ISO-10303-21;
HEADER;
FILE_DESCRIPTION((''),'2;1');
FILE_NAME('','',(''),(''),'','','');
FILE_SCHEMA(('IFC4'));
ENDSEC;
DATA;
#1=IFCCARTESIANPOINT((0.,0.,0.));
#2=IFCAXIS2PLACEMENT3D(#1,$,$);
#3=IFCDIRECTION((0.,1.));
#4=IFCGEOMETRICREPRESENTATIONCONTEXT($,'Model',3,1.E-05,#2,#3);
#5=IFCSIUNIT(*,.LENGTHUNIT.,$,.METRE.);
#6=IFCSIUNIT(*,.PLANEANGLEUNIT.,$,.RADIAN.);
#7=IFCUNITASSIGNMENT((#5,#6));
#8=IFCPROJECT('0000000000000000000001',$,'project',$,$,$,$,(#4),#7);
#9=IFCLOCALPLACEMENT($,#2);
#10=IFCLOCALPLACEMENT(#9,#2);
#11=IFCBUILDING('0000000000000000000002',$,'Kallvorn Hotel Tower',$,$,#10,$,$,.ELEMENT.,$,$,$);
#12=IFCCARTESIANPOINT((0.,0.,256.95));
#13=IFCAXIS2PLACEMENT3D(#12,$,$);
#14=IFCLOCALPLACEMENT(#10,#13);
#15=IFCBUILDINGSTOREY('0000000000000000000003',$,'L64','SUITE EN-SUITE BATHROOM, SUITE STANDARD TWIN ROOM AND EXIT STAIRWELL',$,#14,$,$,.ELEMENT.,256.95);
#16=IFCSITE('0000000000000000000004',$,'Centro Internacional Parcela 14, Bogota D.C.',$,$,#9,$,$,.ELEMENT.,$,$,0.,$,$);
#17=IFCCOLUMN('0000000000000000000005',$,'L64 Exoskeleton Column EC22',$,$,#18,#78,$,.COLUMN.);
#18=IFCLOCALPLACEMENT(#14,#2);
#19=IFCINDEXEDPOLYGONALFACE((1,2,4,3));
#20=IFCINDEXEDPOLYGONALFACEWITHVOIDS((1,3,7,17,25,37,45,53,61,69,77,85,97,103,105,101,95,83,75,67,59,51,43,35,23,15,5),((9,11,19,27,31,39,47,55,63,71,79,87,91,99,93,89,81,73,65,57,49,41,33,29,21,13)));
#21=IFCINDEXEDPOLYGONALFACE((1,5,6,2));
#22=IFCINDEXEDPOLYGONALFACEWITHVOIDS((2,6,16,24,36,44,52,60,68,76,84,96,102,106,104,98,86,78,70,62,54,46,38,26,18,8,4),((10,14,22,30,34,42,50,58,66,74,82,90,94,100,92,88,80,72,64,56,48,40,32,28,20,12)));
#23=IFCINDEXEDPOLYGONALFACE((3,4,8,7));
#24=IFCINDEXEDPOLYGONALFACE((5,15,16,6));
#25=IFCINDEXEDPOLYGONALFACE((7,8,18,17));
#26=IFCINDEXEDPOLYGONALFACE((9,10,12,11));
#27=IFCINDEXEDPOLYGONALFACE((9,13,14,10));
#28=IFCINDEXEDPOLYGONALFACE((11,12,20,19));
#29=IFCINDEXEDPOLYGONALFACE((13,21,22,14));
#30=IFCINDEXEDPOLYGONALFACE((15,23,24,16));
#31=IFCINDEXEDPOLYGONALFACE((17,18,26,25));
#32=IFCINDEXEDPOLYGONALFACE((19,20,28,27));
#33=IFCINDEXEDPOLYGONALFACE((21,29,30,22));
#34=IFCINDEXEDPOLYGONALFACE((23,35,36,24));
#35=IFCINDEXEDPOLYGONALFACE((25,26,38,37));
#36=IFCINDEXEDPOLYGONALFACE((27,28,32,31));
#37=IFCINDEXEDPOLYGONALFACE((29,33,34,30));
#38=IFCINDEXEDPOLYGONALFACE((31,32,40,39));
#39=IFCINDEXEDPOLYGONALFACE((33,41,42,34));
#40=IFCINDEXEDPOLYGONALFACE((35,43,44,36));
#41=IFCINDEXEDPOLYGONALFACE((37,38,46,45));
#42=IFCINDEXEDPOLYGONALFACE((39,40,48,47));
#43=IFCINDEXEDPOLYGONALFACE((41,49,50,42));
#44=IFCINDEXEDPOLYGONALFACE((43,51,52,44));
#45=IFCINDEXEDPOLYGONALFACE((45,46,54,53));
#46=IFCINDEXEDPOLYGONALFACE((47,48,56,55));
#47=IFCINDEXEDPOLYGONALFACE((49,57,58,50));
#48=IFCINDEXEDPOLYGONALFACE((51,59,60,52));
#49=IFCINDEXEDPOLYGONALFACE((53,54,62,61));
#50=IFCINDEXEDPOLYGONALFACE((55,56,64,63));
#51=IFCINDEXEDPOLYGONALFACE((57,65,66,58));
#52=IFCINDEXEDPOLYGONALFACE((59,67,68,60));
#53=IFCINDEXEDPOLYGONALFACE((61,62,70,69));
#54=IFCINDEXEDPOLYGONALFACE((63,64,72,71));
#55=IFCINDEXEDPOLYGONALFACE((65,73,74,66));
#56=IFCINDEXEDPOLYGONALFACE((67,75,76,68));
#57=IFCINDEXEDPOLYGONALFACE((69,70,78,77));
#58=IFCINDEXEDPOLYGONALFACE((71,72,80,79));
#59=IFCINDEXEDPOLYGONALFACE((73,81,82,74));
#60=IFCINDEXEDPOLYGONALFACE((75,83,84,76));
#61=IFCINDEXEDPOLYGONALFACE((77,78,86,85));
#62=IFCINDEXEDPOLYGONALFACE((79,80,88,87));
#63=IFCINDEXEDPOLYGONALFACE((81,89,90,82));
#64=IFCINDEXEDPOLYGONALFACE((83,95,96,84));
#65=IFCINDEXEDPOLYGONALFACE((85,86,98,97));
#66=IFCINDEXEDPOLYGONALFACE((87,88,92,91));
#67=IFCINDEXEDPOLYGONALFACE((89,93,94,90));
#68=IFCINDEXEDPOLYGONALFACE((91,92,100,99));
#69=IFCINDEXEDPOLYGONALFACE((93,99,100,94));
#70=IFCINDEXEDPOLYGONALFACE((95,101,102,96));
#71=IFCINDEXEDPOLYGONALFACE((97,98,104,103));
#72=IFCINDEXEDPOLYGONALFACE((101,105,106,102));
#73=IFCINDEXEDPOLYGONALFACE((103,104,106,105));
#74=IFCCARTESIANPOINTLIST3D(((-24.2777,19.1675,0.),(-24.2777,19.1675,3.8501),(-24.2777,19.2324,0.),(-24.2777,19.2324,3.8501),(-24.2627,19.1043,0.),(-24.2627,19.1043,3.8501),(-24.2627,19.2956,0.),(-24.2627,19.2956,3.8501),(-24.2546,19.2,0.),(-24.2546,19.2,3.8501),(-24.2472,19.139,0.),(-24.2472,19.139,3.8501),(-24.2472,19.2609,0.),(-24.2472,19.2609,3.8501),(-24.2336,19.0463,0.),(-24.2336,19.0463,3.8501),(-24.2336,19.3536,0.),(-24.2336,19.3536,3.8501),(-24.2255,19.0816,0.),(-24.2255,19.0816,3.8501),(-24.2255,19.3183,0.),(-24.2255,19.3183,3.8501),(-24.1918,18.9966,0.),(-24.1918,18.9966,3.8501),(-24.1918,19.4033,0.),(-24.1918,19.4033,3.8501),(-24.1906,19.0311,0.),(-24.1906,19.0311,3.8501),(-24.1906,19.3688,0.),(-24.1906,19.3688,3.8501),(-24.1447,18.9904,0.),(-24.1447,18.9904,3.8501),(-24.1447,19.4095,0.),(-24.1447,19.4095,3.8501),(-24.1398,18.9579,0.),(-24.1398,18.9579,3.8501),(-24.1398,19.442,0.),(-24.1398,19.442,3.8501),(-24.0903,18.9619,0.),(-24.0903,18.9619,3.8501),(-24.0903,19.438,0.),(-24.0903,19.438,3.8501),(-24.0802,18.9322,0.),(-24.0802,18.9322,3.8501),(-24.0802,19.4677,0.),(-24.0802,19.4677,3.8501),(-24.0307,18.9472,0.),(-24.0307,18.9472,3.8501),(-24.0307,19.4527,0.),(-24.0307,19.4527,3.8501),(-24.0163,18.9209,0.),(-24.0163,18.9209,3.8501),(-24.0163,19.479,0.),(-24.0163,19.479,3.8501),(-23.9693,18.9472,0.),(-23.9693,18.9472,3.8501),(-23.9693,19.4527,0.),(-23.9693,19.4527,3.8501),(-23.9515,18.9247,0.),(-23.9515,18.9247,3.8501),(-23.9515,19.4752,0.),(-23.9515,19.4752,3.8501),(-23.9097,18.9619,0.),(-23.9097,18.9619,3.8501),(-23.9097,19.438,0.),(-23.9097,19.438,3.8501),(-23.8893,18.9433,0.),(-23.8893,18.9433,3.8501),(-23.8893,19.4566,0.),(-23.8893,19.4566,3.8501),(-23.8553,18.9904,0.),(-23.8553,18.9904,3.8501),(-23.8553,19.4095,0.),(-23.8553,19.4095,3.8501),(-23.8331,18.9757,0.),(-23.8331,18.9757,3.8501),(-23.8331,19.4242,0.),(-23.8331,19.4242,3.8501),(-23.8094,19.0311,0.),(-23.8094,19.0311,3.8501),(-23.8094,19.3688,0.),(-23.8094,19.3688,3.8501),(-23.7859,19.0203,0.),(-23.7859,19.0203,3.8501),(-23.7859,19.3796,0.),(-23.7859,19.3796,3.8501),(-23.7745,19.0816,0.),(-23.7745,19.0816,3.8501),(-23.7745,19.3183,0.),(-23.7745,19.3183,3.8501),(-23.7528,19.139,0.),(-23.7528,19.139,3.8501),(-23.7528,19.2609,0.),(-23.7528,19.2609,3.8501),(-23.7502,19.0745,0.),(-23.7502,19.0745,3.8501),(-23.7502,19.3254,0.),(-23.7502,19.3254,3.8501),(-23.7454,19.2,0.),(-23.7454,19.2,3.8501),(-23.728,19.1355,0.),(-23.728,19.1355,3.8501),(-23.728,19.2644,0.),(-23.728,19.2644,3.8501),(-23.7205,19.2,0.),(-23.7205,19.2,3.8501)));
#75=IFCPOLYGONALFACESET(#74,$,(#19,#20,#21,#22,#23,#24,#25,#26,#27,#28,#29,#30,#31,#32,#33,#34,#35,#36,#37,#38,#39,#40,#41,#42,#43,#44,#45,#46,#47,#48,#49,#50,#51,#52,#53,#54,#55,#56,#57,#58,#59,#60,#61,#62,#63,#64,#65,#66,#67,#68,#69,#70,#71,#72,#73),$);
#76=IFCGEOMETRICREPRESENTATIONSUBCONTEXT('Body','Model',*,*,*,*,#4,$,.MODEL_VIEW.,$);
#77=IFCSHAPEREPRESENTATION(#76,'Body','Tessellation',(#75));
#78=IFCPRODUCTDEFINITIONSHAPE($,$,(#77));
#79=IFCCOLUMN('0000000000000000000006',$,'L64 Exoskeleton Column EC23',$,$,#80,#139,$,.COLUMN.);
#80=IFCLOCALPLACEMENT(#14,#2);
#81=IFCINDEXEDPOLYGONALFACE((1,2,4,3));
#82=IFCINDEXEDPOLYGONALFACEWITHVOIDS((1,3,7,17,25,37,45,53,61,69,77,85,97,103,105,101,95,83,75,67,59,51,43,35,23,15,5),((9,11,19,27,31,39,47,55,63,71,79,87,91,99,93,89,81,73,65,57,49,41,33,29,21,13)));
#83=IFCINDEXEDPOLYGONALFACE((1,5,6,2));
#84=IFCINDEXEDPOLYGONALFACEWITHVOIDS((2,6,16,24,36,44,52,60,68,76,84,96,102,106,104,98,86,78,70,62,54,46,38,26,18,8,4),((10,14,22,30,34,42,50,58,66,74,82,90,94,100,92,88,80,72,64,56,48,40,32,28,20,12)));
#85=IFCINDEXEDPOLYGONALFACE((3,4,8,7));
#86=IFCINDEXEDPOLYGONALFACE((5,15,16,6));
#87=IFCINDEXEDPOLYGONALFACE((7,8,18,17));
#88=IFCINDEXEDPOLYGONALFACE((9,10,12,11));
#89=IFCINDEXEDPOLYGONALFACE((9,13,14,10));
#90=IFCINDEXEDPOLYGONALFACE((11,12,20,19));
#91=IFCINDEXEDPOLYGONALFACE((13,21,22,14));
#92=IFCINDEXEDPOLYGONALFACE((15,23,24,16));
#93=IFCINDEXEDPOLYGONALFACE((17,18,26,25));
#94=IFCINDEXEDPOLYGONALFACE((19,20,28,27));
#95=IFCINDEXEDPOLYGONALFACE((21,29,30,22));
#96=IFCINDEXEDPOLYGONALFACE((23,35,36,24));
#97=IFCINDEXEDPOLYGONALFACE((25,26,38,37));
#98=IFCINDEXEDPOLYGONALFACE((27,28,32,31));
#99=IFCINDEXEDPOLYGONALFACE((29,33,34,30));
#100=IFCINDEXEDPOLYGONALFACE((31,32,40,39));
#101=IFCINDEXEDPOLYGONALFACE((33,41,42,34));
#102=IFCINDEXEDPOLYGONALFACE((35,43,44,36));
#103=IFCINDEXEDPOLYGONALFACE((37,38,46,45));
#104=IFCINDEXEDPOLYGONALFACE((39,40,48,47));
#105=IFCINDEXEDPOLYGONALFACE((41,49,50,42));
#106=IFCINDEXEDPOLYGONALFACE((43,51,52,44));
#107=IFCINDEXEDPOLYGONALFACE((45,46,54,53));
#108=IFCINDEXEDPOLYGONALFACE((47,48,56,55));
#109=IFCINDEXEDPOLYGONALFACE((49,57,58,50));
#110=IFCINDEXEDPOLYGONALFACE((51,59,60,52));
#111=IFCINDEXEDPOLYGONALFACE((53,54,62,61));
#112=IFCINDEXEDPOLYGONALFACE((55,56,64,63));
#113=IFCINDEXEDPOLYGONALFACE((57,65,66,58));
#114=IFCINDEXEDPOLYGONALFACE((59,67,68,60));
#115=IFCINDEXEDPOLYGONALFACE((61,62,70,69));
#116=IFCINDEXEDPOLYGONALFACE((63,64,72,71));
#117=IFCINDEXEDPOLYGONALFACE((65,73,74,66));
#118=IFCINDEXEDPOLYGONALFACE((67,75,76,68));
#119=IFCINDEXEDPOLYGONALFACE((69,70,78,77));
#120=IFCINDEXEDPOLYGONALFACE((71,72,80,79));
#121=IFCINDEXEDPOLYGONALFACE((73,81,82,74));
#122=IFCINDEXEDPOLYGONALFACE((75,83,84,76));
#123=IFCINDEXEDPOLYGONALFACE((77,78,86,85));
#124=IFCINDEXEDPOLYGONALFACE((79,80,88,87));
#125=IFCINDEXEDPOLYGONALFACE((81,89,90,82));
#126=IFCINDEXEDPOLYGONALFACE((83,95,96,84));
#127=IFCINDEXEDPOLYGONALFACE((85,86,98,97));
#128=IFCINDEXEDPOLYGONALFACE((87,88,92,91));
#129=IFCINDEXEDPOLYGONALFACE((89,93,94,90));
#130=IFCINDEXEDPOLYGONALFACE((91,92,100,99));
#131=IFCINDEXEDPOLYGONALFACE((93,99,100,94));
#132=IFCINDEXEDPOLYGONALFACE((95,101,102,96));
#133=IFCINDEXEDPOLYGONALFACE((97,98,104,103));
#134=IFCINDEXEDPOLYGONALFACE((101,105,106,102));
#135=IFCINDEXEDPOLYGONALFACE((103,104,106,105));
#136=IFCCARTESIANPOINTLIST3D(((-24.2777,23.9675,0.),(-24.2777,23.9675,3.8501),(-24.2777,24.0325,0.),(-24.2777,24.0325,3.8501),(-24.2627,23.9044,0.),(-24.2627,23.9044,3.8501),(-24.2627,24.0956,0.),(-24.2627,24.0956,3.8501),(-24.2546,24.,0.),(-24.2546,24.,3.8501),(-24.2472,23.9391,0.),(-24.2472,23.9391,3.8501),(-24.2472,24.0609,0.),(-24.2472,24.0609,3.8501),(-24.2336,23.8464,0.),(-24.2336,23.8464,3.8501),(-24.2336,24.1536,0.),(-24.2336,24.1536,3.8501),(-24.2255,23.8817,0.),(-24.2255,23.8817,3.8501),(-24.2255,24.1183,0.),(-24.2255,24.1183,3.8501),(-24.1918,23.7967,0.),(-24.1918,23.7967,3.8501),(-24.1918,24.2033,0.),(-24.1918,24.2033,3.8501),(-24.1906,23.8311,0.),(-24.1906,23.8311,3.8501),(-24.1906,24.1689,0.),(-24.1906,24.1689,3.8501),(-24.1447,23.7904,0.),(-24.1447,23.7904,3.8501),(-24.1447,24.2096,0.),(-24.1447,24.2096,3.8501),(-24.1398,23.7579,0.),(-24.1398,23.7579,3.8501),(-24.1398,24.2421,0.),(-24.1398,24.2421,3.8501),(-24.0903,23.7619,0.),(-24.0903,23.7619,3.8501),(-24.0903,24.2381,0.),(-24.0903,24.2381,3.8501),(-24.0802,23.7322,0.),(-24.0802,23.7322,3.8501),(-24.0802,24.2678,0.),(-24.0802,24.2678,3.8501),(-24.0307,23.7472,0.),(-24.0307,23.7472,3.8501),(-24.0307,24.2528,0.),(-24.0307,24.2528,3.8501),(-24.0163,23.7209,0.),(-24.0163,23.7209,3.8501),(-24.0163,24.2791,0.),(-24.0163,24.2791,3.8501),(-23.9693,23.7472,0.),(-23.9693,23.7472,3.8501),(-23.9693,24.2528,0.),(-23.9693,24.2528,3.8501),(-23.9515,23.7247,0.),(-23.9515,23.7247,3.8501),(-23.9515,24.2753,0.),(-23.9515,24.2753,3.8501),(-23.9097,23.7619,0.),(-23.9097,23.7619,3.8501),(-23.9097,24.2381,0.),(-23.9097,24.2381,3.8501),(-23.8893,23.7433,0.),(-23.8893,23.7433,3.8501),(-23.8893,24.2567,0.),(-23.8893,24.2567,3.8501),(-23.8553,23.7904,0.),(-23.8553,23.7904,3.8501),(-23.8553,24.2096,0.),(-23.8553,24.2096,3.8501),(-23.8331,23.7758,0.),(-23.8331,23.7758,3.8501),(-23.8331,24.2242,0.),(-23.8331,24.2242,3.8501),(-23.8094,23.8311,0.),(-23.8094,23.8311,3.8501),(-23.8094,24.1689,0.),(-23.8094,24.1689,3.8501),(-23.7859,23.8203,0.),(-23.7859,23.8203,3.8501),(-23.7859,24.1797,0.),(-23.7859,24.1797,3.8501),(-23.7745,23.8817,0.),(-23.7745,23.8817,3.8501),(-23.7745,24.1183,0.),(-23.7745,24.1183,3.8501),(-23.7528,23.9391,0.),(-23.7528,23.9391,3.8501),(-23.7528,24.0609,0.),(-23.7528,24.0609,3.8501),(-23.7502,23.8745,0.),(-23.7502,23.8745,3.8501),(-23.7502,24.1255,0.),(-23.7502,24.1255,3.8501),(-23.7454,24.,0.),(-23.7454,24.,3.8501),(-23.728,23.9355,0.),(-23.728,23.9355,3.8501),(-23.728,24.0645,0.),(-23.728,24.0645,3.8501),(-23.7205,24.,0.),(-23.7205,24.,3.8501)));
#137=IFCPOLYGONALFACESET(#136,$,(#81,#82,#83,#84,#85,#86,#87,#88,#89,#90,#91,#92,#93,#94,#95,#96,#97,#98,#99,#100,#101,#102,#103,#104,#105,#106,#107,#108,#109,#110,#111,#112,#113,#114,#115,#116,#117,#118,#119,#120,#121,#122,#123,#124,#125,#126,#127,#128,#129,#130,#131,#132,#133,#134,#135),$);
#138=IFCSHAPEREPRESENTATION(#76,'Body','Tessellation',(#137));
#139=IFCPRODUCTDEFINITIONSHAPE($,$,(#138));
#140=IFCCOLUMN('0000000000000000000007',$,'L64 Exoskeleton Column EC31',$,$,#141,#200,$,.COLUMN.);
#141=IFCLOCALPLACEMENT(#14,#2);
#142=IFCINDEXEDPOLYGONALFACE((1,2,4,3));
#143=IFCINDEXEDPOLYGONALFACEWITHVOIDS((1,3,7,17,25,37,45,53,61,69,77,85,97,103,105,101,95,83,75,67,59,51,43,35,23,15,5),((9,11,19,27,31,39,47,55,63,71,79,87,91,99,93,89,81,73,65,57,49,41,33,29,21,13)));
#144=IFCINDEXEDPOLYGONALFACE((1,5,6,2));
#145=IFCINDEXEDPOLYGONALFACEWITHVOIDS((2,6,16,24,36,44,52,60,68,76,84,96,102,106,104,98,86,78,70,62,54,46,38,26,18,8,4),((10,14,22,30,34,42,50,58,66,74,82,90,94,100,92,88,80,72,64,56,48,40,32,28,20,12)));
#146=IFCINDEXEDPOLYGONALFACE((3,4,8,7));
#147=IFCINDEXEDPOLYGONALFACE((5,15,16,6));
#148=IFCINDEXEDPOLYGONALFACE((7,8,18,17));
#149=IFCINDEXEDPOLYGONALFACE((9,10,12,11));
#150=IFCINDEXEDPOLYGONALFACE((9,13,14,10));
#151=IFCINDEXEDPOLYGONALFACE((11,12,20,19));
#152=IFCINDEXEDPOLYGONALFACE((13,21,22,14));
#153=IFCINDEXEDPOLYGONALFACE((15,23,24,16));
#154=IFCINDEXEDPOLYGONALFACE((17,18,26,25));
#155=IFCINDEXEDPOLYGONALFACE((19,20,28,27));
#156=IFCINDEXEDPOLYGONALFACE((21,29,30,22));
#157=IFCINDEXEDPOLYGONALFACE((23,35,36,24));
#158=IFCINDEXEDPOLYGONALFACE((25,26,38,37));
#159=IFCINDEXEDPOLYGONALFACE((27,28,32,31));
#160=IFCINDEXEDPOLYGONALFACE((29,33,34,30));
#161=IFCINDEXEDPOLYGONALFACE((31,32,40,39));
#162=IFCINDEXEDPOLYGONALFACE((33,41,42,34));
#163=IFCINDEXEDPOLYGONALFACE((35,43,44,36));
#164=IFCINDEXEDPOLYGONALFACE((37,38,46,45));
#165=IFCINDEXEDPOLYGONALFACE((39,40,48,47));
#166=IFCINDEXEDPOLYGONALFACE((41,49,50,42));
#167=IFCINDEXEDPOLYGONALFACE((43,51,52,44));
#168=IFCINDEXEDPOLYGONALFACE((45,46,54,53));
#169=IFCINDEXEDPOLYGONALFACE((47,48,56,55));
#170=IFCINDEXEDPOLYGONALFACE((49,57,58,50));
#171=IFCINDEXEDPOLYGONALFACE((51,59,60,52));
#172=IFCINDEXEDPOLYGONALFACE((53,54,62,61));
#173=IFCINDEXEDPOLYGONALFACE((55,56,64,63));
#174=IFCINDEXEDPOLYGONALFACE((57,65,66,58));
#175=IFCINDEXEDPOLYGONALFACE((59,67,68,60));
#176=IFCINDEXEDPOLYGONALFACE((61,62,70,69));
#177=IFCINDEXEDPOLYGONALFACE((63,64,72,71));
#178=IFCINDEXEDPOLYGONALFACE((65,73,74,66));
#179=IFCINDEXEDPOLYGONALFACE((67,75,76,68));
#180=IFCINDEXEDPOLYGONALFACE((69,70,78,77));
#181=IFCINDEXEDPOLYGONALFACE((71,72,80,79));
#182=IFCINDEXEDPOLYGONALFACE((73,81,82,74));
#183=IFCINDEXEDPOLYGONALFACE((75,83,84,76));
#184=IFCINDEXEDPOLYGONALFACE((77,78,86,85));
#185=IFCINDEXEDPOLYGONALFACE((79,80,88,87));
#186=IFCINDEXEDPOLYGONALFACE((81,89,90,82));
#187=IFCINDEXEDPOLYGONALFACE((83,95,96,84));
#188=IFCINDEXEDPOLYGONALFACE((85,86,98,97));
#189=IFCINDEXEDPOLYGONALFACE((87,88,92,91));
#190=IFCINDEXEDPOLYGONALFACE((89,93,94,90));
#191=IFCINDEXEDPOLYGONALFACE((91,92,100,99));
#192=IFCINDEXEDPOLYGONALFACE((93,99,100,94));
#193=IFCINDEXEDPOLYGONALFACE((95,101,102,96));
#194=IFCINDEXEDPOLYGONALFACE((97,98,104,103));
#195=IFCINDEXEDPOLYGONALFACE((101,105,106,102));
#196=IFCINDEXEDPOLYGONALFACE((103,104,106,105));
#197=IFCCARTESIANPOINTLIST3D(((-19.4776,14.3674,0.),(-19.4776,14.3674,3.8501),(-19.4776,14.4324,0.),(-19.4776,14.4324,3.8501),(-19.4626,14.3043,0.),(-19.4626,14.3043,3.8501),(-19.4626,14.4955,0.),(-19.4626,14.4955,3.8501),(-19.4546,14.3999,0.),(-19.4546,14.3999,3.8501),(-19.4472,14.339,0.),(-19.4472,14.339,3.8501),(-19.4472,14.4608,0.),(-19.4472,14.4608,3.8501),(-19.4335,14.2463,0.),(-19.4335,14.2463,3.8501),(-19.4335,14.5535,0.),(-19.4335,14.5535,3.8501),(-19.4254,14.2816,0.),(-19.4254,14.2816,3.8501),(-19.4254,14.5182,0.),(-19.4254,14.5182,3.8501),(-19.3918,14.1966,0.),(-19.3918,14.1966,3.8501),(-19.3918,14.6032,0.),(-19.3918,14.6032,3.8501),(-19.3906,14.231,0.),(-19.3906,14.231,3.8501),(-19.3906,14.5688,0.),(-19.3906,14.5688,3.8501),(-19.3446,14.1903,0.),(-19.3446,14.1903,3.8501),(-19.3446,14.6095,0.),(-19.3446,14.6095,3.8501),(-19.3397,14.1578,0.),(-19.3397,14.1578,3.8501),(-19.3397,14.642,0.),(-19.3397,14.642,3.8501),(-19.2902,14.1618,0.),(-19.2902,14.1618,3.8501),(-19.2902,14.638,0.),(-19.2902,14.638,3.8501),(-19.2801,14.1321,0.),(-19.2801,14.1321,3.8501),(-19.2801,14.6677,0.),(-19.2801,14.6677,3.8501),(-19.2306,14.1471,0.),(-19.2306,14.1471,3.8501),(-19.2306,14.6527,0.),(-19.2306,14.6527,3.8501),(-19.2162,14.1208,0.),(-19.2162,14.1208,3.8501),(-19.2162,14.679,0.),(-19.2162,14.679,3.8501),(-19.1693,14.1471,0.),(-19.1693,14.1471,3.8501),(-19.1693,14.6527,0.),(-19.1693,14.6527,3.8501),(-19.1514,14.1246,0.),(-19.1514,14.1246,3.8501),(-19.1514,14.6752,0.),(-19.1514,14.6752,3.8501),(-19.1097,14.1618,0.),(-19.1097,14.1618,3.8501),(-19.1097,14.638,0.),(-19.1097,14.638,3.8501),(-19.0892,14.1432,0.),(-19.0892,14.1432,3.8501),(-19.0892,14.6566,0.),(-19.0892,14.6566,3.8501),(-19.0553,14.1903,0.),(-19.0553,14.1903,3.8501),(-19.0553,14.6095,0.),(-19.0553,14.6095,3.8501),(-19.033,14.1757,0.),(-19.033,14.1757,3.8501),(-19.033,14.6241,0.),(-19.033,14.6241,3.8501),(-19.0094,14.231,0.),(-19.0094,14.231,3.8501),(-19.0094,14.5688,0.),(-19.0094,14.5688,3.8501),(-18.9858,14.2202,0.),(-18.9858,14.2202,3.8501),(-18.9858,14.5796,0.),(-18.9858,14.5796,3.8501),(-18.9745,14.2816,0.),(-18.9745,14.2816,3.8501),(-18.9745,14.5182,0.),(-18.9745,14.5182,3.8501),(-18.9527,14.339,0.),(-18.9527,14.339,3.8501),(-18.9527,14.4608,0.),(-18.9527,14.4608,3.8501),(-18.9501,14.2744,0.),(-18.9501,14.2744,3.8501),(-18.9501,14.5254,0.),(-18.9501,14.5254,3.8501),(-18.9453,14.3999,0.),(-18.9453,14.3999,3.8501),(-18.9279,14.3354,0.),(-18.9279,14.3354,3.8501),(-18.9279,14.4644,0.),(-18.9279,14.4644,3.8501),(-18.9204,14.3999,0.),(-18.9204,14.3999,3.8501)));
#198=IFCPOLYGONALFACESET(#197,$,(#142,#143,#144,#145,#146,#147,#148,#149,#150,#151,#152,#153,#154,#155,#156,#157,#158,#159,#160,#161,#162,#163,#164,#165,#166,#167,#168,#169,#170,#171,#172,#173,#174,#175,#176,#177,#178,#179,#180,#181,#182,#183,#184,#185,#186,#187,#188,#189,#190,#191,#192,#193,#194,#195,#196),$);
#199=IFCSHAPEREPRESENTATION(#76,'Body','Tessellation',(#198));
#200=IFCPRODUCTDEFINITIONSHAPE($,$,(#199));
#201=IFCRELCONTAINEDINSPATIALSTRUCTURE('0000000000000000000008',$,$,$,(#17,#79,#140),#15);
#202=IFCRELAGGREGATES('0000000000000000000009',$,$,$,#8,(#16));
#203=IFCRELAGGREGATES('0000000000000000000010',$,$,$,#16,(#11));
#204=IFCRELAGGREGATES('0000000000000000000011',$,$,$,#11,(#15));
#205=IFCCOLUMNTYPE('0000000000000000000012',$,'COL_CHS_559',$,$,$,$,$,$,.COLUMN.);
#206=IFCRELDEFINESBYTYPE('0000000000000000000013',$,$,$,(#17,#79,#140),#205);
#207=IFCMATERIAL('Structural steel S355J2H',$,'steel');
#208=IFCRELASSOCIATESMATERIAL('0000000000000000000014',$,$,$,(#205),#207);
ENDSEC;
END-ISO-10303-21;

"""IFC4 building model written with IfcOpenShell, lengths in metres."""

from ifc_helpers import new_model, si_unit, direction, frame, origin, origin_2d, place, context, subcontext, project, spatial, hollow_circle, extrude, material, material_profile, profile_set, type_object, element, save


model = new_model("IFC4")

# Units and contexts
model_context = context("Model", 3, precision=1e-05, world=origin(), true_north=direction((0.0, 1.0)))
body_context = subcontext(model_context, "Body", "Model", "MODEL_VIEW")
ifc_project = project(units=[si_unit("LENGTHUNIT", "METRE"), si_unit("PLANEANGLEUNIT", "RADIAN")], contexts=[model_context])

# Site, building, storey
site_placement = place(None, origin())
site = spatial("IfcSite", under=ifc_project, at=site_placement, Name="Centro Internacional Parcela 14, Bogota D.C.", CompositionType="ELEMENT", RefElevation=0.0)
building_placement = place(site_placement, origin())
building = spatial("IfcBuilding", under=site, at=building_placement, Name="Kallvorn Hotel Tower", CompositionType="ELEMENT")
storey_placement = place(building_placement, frame((0.0, 0.0, 256.95)))
storey = spatial("IfcBuildingStorey", under=building, at=storey_placement, Name="L64", Description="SUITE EN-SUITE BATHROOM, SUITE STANDARD TWIN ROOM AND EXIT STAIRWELL", CompositionType="ELEMENT", Elevation=256.95)

# Columns
ifc_material_1 = material(Name="Structural steel S355J2H", Category="steel")
ifc_material_profile_1 = material_profile(ifc_material_1, hollow_circle(Radius=0.2795, WallThickness=0.0249, at=origin_2d()), Name="CHS 559x25")
ifc_profile_set_1 = profile_set([ifc_material_profile_1], Name="Structural steel S355J2H")
column_type_1 = type_object("IfcColumnType", Name="COL_CHS_559", PredefinedType="COLUMN", material=ifc_profile_set_1)
for number, where, z_axis, x_axis, name in (
    (1, (-24.0, 19.2, 0.0), (0.0, 0.0, 1.0), (1.0, 0.0, 0.0), "L64 Exoskeleton Column EC22"),
    (2, (-24.0, 24.0, 0.0), (0.0, 0.0, 1.0), (1.0, 0.0, 0.0), "L64 Exoskeleton Column EC23"),
    (3, (-19.2, 14.3999, 0.0), (0.0, 0.0, 1.0), (1.0, 0.0, 0.0), "L64 Exoskeleton Column EC31"),
):
    element("IfcColumn", number, at=place(storey_placement, frame(where, z_axis=z_axis, x_axis=x_axis)), inside=storey, type_object=column_type_1, Name=name, PredefinedType="COLUMN", context=body_context, shape_type="SweptSolid", body=[
        extrude(hollow_circle(Radius=0.2795, WallThickness=0.0249, at=origin_2d()), origin(), (0.0, 0.0, 1.0), 3.8501),
    ])

save(model, "model.ifc")
